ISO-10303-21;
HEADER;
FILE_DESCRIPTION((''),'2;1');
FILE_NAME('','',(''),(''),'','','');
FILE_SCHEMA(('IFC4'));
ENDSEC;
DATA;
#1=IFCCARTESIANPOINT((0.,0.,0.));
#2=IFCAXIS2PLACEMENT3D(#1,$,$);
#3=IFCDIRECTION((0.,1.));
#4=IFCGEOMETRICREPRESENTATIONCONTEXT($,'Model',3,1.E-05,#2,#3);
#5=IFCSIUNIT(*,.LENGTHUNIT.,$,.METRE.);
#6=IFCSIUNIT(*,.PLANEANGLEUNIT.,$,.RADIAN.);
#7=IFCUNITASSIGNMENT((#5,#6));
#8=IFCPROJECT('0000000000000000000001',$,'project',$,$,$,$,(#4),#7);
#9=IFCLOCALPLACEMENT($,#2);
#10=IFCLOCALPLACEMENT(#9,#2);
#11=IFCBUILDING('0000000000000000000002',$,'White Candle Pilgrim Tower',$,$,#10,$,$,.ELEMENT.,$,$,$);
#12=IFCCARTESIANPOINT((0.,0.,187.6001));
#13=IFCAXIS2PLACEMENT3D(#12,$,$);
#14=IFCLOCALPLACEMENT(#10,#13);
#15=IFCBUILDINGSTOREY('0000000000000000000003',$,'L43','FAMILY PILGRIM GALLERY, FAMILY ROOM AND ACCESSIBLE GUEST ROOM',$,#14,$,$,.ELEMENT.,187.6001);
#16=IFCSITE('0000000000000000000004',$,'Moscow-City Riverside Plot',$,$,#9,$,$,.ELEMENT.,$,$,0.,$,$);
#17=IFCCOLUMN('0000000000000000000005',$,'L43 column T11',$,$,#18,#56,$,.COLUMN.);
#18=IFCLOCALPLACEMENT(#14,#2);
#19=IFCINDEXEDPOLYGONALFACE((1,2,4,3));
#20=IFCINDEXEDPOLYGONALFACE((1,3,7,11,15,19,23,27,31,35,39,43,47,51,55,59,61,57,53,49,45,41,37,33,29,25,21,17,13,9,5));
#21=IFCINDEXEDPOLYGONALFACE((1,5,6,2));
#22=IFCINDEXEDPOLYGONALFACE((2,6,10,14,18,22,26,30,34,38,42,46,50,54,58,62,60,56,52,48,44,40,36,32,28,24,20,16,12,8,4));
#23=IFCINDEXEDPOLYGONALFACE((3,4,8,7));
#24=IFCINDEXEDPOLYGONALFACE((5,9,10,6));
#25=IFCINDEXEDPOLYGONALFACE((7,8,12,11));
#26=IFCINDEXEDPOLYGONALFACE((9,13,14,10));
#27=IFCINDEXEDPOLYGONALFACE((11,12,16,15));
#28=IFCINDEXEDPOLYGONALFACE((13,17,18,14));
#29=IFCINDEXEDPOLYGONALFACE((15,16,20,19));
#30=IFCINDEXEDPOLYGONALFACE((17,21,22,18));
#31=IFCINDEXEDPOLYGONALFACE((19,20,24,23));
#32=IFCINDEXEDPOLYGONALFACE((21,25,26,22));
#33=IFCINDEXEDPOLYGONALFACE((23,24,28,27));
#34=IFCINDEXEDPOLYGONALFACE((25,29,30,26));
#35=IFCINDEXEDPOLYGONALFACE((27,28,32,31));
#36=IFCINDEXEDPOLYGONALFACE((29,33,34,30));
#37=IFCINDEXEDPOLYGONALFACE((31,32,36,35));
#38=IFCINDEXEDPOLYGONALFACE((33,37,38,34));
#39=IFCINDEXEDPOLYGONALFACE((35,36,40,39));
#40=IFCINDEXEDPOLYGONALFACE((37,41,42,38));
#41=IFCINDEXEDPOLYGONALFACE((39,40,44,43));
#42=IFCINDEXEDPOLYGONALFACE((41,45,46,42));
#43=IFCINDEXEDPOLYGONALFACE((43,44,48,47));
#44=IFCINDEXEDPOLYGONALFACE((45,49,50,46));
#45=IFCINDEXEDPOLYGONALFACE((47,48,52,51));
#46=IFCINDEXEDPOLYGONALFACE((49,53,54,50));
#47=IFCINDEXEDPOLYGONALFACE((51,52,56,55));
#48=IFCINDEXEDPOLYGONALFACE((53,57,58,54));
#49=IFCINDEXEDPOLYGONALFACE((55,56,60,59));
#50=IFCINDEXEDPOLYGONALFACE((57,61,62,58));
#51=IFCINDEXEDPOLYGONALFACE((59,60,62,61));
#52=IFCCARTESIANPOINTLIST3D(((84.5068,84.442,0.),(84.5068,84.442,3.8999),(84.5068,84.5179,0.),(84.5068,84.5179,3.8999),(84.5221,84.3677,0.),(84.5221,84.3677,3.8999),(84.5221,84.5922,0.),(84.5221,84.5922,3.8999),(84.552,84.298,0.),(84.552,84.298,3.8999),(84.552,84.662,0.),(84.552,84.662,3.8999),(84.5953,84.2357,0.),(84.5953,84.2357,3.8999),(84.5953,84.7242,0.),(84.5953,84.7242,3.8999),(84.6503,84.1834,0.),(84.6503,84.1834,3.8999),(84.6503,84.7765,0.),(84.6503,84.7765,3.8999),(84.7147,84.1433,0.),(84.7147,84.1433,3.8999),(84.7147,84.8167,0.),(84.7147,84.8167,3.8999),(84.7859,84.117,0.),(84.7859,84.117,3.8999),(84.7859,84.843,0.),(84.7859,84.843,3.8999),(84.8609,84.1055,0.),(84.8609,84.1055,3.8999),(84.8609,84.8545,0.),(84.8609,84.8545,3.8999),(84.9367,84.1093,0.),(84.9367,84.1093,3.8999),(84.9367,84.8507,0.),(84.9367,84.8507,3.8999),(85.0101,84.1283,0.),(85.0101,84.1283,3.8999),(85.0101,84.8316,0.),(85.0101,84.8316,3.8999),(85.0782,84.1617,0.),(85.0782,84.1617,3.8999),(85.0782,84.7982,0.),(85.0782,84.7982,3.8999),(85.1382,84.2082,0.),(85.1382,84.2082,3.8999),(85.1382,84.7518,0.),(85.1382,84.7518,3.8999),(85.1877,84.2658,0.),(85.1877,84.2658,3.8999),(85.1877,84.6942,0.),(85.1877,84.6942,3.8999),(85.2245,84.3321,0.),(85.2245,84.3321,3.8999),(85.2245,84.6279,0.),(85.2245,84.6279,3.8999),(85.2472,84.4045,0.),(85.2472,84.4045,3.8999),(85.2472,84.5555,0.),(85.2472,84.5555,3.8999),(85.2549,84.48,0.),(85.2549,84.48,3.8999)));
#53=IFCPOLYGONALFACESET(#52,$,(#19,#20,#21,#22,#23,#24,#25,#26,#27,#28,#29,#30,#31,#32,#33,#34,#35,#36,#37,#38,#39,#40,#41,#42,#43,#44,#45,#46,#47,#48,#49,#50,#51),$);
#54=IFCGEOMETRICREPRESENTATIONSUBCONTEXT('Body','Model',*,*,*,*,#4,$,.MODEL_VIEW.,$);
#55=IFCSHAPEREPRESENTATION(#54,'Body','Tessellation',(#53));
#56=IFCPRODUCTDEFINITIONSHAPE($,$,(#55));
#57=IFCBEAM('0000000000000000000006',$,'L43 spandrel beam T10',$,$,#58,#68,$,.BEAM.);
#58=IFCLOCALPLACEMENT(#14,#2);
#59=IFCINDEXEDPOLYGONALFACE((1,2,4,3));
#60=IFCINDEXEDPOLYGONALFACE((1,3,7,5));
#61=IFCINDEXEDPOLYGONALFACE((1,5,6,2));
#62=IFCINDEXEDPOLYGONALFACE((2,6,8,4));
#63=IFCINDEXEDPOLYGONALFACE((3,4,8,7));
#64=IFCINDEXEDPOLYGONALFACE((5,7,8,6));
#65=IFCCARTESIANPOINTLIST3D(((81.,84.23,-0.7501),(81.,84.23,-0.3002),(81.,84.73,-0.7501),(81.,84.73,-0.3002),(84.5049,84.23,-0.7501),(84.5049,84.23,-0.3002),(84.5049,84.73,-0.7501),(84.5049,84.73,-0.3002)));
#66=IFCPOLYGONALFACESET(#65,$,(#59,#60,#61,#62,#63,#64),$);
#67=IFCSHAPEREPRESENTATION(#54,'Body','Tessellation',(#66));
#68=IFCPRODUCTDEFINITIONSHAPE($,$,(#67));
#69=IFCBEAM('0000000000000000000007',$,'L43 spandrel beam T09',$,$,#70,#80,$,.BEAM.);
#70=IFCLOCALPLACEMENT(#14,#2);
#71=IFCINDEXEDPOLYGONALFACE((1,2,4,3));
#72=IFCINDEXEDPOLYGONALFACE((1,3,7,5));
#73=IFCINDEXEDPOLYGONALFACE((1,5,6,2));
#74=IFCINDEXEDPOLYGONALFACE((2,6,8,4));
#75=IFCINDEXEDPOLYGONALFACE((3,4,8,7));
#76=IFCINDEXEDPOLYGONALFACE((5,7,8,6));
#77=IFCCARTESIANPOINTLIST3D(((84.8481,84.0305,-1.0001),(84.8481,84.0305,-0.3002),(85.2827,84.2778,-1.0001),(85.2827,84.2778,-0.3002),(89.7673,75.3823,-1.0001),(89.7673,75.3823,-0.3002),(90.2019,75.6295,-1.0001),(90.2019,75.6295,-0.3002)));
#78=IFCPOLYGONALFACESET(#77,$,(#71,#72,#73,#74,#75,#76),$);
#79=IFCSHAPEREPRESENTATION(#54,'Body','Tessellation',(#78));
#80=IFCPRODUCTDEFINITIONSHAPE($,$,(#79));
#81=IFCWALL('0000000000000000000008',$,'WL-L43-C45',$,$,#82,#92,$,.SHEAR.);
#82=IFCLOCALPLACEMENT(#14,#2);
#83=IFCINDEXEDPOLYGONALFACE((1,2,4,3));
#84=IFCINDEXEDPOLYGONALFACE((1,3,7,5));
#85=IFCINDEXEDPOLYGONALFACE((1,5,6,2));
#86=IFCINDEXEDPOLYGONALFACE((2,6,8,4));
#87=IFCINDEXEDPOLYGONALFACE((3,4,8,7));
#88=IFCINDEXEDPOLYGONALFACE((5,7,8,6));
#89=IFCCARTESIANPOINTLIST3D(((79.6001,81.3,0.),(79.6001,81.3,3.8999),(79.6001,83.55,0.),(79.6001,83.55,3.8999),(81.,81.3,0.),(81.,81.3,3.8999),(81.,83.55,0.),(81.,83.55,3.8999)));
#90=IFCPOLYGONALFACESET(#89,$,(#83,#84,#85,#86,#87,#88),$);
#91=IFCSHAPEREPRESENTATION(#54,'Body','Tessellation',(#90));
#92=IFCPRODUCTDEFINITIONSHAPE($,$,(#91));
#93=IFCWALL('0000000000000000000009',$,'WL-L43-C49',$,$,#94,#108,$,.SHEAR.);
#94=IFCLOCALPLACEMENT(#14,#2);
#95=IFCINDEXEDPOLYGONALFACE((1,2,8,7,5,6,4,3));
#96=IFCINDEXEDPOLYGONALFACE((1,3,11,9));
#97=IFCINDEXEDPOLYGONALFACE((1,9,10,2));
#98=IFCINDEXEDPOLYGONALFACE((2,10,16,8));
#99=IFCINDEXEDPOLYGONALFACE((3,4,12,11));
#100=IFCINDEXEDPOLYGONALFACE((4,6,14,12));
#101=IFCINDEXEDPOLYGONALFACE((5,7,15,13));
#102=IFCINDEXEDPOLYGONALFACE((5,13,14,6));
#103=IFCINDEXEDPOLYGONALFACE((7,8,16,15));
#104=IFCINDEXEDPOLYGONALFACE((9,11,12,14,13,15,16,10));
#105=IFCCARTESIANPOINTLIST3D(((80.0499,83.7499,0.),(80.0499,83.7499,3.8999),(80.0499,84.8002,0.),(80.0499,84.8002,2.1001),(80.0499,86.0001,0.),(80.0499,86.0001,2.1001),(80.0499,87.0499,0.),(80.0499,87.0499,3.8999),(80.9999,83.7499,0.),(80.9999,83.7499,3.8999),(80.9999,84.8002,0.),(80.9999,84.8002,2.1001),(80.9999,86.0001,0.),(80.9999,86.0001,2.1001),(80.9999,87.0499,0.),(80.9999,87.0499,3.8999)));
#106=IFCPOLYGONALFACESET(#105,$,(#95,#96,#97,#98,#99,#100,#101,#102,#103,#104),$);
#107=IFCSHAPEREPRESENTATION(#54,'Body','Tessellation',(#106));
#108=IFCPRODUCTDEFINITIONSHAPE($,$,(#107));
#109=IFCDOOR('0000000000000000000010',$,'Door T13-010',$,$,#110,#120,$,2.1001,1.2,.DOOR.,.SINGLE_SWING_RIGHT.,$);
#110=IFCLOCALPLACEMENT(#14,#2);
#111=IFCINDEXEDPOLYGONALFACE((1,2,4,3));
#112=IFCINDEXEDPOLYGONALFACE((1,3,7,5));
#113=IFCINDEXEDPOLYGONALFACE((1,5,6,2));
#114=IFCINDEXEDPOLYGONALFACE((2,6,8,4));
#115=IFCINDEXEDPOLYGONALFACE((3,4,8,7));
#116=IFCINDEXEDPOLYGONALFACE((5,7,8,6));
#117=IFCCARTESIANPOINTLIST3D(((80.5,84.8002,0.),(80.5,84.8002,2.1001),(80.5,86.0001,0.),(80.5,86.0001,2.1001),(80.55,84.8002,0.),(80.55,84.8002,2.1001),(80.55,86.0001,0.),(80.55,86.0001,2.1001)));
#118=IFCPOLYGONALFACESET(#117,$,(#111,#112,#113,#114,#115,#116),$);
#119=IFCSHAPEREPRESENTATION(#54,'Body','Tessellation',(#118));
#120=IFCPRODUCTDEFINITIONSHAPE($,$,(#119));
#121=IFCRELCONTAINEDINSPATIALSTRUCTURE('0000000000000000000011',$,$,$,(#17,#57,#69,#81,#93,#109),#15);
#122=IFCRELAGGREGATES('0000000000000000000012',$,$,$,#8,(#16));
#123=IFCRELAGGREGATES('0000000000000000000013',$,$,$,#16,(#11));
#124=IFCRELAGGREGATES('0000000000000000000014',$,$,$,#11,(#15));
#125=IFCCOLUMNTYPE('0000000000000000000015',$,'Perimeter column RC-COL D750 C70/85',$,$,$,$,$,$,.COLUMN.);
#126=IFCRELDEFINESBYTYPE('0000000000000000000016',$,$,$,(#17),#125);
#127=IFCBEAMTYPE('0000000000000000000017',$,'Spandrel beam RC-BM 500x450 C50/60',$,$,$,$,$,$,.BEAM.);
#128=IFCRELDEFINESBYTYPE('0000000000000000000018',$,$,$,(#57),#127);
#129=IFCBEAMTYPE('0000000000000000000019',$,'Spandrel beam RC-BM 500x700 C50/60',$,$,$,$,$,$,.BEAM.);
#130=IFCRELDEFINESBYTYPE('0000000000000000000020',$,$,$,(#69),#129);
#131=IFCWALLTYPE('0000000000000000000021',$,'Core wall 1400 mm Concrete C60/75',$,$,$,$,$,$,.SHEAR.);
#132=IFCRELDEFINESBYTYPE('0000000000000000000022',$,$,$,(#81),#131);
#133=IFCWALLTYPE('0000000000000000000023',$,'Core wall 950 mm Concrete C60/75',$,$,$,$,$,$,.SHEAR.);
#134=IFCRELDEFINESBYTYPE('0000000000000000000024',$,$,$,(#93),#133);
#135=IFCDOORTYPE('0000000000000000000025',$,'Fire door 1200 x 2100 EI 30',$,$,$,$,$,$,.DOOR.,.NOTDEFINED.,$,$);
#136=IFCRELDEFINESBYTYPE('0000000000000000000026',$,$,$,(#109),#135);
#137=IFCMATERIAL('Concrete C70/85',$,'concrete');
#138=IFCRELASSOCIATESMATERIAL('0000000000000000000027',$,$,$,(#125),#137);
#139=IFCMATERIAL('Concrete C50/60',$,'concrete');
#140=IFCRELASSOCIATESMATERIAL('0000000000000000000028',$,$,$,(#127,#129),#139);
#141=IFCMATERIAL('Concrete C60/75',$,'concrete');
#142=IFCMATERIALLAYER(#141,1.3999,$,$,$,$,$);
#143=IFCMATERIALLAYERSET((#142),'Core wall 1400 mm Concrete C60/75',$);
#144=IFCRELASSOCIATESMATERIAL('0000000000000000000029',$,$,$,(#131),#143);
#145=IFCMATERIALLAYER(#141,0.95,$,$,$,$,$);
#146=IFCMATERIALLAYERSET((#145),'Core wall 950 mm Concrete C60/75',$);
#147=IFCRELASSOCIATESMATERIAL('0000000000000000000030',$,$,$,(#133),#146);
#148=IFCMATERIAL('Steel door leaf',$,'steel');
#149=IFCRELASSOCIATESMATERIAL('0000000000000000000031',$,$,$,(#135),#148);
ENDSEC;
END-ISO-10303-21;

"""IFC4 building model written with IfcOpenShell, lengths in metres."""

from ifc_helpers import new_model, si_unit, direction, frame, frame_2d, origin, origin_2d, place, context, subcontext, project, spatial, rectangle, circle, extrude, material, layer, layer_set, material_profile, profile_set, type_object, element, fill, save


model = new_model("IFC4")

# Units and contexts
model_context = context("Model", 3, precision=1e-05, world=origin(), true_north=direction((0.0, 1.0)))
body_context = subcontext(model_context, "Body", "Model", "MODEL_VIEW")
ifc_project = project(units=[si_unit("LENGTHUNIT", "METRE"), si_unit("PLANEANGLEUNIT", "RADIAN")], contexts=[model_context])

# Site, building, storey
site_placement = place(None, origin())
site = spatial("IfcSite", under=ifc_project, at=site_placement, Name="Moscow-City Riverside Plot", CompositionType="ELEMENT", RefElevation=0.0)
building_placement = place(site_placement, origin())
building = spatial("IfcBuilding", under=site, at=building_placement, Name="White Candle Pilgrim Tower", CompositionType="ELEMENT")
storey_placement = place(building_placement, frame((0.0, 0.0, 187.6001)))
storey = spatial("IfcBuildingStorey", under=building, at=storey_placement, Name="L43", Description="FAMILY PILGRIM GALLERY, FAMILY ROOM AND ACCESSIBLE GUEST ROOM", CompositionType="ELEMENT", Elevation=187.6001)

# Column
ifc_material_1 = material(Name="Concrete C70/85", Category="concrete")
ifc_material_profile_1 = material_profile(ifc_material_1, circle(Radius=0.375, at=origin_2d()), Name="RC-COL D750")
ifc_profile_set_1 = profile_set([ifc_material_profile_1], Name="Concrete C70/85")
column_type = type_object("IfcColumnType", Name="Perimeter column RC-COL D750 C70/85", PredefinedType="COLUMN", material=ifc_profile_set_1)
column_placement = place(storey_placement, frame((84.8799, 84.48, 0.0), z_axis=(0.0, 0.0, 1.0), x_axis=(1.0, 0.0, 0.0)))
element("IfcColumn", 1, at=column_placement, inside=storey, type_object=column_type, Name="L43 column T11", PredefinedType="COLUMN", context=body_context, shape_type="SweptSolid", body=[
    extrude(circle(Radius=0.375, at=origin_2d()), origin(), (0.0, 0.0, 1.0), 3.8999),
])

# Beams
ifc_material_2 = material(Name="Concrete C50/60", Category="concrete")
ifc_material_profile_2 = material_profile(ifc_material_2, rectangle(XDim=0.5, YDim=0.45, at=origin_2d()), Name="RC-BM 500x450")
ifc_profile_set_2 = profile_set([ifc_material_profile_2], Name="Concrete C50/60")
beam_type_1 = type_object("IfcBeamType", Name="Spandrel beam RC-BM 500x450 C50/60", PredefinedType="BEAM", material=ifc_profile_set_2)
beam_1_placement = place(storey_placement, frame((84.5049, 84.48, -0.5251), z_axis=(-1.0, 0.0, 0.0), x_axis=(0.0, -1.0, 0.0)))
element("IfcBeam", 2, at=beam_1_placement, inside=storey, type_object=beam_type_1, Name="L43 spandrel beam T10", PredefinedType="BEAM", context=body_context, shape_type="SweptSolid", body=[
    extrude(rectangle(XDim=0.5, YDim=0.45, at=origin_2d()), origin(), (0.0, 0.0, 1.0), 3.5049),
])
ifc_material_profile_3 = material_profile(ifc_material_2, rectangle(XDim=0.5, YDim=0.7, at=origin_2d()), Name="RC-BM 500x700")
ifc_profile_set_3 = profile_set([ifc_material_profile_3], Name="Concrete C50/60")
beam_type_2 = type_object("IfcBeamType", Name="Spandrel beam RC-BM 500x700 C50/60", PredefinedType="BEAM", material=ifc_profile_set_3)
beam_2_placement = place(storey_placement, frame((89.9846, 75.5059, -0.6501), z_axis=(-0.494423, 0.869221, 0.0), x_axis=(-0.869221, -0.494423, 0.0)))
element("IfcBeam", 3, at=beam_2_placement, inside=storey, type_object=beam_type_2, Name="L43 spandrel beam T09", PredefinedType="BEAM", context=body_context, shape_type="SweptSolid", body=[
    extrude(rectangle(XDim=0.5, YDim=0.7, at=origin_2d()), origin(), (0.0, 0.0, 1.0), 9.9495),
])

# Wall
ifc_material_3 = material(Name="Concrete C60/75", Category="concrete")
ifc_layer_1 = layer(ifc_material_3, 1.3999)
ifc_layer_set_1 = layer_set([ifc_layer_1], Name="Core wall 1400 mm Concrete C60/75")
wall_type_1 = type_object("IfcWallType", Name="Core wall 1400 mm Concrete C60/75", PredefinedType="SHEAR", material=ifc_layer_set_1)
wall_1_placement = place(storey_placement, frame((80.3, 81.3, 0.0), z_axis=(0.0, 0.0, 1.0), x_axis=(0.0, 1.0, 0.0)))
element("IfcWall", 4, at=wall_1_placement, inside=storey, type_object=wall_type_1, Name="WL-L43-C45", PredefinedType="SHEAR", context=body_context, shape_type="SweptSolid", body=[
    extrude(rectangle(XDim=2.25, YDim=1.3999, at=frame_2d((1.125, 0.0))), origin(), (0.0, 0.0, 1.0), 3.8999),
])

# Wall, opening, door
ifc_layer_2 = layer(ifc_material_3, 0.95)
ifc_layer_set_2 = layer_set([ifc_layer_2], Name="Core wall 950 mm Concrete C60/75")
wall_type_2 = type_object("IfcWallType", Name="Core wall 950 mm Concrete C60/75", PredefinedType="SHEAR", material=ifc_layer_set_2)
wall_2_placement = place(storey_placement, frame((80.5249, 83.75, 0.0), z_axis=(0.0, 0.0, 1.0), x_axis=(0.0, 1.0, 0.0)))
wall_2 = element("IfcWall", 5, at=wall_2_placement, inside=storey, type_object=wall_type_2, Name="WL-L43-C49", PredefinedType="SHEAR", context=body_context, shape_type="SweptSolid", body=[
    extrude(rectangle(XDim=3.3, YDim=0.95, at=frame_2d((1.6499, 0.0))), origin(), (0.0, 0.0, 1.0), 3.8999),
])
opening_1_placement = place(wall_2_placement, frame((1.05, 0.0, 0.0)))
opening_1 = element("IfcOpeningElement", 6, at=opening_1_placement, cuts=wall_2, PredefinedType="OPENING", context=body_context, shape_type="SweptSolid", body=[
    extrude(rectangle(XDim=1.2, YDim=2.1001, at=frame_2d((0.6001, 1.05))), frame((0.0, 0.4849, 0.0), z_axis=(0.0, -1.0, 0.0), x_axis=(1.0, 0.0, 0.0)), (0.0, 0.0, 1.0), 0.97),
])
ifc_material_4 = material(Name="Steel door leaf", Category="steel")
door_type_1 = type_object("IfcDoorType", Name="Fire door 1200 x 2100 EI 30", OperationType="NOTDEFINED", PredefinedType="DOOR", material=ifc_material_4)
door_1_placement = place(opening_1_placement, origin())
door_1 = element("IfcDoor", 7, at=door_1_placement, inside=storey, type_object=door_type_1, Name="Door T13-010", OperationType="SINGLE_SWING_RIGHT", OverallHeight=2.1001, OverallWidth=1.2, PredefinedType="DOOR", context=body_context, shape_type="SweptSolid", body=[
    extrude(rectangle(XDim=1.2, YDim=2.1001, at=frame_2d((0.6001, 1.05))), frame((0.0, 0.0249, 0.0), z_axis=(0.0, -1.0, 0.0), x_axis=(1.0, 0.0, 0.0)), (0.0, 0.0, 1.0), 0.05),
])
fill(opening_1, door_1)

save(model, "model.ifc")
